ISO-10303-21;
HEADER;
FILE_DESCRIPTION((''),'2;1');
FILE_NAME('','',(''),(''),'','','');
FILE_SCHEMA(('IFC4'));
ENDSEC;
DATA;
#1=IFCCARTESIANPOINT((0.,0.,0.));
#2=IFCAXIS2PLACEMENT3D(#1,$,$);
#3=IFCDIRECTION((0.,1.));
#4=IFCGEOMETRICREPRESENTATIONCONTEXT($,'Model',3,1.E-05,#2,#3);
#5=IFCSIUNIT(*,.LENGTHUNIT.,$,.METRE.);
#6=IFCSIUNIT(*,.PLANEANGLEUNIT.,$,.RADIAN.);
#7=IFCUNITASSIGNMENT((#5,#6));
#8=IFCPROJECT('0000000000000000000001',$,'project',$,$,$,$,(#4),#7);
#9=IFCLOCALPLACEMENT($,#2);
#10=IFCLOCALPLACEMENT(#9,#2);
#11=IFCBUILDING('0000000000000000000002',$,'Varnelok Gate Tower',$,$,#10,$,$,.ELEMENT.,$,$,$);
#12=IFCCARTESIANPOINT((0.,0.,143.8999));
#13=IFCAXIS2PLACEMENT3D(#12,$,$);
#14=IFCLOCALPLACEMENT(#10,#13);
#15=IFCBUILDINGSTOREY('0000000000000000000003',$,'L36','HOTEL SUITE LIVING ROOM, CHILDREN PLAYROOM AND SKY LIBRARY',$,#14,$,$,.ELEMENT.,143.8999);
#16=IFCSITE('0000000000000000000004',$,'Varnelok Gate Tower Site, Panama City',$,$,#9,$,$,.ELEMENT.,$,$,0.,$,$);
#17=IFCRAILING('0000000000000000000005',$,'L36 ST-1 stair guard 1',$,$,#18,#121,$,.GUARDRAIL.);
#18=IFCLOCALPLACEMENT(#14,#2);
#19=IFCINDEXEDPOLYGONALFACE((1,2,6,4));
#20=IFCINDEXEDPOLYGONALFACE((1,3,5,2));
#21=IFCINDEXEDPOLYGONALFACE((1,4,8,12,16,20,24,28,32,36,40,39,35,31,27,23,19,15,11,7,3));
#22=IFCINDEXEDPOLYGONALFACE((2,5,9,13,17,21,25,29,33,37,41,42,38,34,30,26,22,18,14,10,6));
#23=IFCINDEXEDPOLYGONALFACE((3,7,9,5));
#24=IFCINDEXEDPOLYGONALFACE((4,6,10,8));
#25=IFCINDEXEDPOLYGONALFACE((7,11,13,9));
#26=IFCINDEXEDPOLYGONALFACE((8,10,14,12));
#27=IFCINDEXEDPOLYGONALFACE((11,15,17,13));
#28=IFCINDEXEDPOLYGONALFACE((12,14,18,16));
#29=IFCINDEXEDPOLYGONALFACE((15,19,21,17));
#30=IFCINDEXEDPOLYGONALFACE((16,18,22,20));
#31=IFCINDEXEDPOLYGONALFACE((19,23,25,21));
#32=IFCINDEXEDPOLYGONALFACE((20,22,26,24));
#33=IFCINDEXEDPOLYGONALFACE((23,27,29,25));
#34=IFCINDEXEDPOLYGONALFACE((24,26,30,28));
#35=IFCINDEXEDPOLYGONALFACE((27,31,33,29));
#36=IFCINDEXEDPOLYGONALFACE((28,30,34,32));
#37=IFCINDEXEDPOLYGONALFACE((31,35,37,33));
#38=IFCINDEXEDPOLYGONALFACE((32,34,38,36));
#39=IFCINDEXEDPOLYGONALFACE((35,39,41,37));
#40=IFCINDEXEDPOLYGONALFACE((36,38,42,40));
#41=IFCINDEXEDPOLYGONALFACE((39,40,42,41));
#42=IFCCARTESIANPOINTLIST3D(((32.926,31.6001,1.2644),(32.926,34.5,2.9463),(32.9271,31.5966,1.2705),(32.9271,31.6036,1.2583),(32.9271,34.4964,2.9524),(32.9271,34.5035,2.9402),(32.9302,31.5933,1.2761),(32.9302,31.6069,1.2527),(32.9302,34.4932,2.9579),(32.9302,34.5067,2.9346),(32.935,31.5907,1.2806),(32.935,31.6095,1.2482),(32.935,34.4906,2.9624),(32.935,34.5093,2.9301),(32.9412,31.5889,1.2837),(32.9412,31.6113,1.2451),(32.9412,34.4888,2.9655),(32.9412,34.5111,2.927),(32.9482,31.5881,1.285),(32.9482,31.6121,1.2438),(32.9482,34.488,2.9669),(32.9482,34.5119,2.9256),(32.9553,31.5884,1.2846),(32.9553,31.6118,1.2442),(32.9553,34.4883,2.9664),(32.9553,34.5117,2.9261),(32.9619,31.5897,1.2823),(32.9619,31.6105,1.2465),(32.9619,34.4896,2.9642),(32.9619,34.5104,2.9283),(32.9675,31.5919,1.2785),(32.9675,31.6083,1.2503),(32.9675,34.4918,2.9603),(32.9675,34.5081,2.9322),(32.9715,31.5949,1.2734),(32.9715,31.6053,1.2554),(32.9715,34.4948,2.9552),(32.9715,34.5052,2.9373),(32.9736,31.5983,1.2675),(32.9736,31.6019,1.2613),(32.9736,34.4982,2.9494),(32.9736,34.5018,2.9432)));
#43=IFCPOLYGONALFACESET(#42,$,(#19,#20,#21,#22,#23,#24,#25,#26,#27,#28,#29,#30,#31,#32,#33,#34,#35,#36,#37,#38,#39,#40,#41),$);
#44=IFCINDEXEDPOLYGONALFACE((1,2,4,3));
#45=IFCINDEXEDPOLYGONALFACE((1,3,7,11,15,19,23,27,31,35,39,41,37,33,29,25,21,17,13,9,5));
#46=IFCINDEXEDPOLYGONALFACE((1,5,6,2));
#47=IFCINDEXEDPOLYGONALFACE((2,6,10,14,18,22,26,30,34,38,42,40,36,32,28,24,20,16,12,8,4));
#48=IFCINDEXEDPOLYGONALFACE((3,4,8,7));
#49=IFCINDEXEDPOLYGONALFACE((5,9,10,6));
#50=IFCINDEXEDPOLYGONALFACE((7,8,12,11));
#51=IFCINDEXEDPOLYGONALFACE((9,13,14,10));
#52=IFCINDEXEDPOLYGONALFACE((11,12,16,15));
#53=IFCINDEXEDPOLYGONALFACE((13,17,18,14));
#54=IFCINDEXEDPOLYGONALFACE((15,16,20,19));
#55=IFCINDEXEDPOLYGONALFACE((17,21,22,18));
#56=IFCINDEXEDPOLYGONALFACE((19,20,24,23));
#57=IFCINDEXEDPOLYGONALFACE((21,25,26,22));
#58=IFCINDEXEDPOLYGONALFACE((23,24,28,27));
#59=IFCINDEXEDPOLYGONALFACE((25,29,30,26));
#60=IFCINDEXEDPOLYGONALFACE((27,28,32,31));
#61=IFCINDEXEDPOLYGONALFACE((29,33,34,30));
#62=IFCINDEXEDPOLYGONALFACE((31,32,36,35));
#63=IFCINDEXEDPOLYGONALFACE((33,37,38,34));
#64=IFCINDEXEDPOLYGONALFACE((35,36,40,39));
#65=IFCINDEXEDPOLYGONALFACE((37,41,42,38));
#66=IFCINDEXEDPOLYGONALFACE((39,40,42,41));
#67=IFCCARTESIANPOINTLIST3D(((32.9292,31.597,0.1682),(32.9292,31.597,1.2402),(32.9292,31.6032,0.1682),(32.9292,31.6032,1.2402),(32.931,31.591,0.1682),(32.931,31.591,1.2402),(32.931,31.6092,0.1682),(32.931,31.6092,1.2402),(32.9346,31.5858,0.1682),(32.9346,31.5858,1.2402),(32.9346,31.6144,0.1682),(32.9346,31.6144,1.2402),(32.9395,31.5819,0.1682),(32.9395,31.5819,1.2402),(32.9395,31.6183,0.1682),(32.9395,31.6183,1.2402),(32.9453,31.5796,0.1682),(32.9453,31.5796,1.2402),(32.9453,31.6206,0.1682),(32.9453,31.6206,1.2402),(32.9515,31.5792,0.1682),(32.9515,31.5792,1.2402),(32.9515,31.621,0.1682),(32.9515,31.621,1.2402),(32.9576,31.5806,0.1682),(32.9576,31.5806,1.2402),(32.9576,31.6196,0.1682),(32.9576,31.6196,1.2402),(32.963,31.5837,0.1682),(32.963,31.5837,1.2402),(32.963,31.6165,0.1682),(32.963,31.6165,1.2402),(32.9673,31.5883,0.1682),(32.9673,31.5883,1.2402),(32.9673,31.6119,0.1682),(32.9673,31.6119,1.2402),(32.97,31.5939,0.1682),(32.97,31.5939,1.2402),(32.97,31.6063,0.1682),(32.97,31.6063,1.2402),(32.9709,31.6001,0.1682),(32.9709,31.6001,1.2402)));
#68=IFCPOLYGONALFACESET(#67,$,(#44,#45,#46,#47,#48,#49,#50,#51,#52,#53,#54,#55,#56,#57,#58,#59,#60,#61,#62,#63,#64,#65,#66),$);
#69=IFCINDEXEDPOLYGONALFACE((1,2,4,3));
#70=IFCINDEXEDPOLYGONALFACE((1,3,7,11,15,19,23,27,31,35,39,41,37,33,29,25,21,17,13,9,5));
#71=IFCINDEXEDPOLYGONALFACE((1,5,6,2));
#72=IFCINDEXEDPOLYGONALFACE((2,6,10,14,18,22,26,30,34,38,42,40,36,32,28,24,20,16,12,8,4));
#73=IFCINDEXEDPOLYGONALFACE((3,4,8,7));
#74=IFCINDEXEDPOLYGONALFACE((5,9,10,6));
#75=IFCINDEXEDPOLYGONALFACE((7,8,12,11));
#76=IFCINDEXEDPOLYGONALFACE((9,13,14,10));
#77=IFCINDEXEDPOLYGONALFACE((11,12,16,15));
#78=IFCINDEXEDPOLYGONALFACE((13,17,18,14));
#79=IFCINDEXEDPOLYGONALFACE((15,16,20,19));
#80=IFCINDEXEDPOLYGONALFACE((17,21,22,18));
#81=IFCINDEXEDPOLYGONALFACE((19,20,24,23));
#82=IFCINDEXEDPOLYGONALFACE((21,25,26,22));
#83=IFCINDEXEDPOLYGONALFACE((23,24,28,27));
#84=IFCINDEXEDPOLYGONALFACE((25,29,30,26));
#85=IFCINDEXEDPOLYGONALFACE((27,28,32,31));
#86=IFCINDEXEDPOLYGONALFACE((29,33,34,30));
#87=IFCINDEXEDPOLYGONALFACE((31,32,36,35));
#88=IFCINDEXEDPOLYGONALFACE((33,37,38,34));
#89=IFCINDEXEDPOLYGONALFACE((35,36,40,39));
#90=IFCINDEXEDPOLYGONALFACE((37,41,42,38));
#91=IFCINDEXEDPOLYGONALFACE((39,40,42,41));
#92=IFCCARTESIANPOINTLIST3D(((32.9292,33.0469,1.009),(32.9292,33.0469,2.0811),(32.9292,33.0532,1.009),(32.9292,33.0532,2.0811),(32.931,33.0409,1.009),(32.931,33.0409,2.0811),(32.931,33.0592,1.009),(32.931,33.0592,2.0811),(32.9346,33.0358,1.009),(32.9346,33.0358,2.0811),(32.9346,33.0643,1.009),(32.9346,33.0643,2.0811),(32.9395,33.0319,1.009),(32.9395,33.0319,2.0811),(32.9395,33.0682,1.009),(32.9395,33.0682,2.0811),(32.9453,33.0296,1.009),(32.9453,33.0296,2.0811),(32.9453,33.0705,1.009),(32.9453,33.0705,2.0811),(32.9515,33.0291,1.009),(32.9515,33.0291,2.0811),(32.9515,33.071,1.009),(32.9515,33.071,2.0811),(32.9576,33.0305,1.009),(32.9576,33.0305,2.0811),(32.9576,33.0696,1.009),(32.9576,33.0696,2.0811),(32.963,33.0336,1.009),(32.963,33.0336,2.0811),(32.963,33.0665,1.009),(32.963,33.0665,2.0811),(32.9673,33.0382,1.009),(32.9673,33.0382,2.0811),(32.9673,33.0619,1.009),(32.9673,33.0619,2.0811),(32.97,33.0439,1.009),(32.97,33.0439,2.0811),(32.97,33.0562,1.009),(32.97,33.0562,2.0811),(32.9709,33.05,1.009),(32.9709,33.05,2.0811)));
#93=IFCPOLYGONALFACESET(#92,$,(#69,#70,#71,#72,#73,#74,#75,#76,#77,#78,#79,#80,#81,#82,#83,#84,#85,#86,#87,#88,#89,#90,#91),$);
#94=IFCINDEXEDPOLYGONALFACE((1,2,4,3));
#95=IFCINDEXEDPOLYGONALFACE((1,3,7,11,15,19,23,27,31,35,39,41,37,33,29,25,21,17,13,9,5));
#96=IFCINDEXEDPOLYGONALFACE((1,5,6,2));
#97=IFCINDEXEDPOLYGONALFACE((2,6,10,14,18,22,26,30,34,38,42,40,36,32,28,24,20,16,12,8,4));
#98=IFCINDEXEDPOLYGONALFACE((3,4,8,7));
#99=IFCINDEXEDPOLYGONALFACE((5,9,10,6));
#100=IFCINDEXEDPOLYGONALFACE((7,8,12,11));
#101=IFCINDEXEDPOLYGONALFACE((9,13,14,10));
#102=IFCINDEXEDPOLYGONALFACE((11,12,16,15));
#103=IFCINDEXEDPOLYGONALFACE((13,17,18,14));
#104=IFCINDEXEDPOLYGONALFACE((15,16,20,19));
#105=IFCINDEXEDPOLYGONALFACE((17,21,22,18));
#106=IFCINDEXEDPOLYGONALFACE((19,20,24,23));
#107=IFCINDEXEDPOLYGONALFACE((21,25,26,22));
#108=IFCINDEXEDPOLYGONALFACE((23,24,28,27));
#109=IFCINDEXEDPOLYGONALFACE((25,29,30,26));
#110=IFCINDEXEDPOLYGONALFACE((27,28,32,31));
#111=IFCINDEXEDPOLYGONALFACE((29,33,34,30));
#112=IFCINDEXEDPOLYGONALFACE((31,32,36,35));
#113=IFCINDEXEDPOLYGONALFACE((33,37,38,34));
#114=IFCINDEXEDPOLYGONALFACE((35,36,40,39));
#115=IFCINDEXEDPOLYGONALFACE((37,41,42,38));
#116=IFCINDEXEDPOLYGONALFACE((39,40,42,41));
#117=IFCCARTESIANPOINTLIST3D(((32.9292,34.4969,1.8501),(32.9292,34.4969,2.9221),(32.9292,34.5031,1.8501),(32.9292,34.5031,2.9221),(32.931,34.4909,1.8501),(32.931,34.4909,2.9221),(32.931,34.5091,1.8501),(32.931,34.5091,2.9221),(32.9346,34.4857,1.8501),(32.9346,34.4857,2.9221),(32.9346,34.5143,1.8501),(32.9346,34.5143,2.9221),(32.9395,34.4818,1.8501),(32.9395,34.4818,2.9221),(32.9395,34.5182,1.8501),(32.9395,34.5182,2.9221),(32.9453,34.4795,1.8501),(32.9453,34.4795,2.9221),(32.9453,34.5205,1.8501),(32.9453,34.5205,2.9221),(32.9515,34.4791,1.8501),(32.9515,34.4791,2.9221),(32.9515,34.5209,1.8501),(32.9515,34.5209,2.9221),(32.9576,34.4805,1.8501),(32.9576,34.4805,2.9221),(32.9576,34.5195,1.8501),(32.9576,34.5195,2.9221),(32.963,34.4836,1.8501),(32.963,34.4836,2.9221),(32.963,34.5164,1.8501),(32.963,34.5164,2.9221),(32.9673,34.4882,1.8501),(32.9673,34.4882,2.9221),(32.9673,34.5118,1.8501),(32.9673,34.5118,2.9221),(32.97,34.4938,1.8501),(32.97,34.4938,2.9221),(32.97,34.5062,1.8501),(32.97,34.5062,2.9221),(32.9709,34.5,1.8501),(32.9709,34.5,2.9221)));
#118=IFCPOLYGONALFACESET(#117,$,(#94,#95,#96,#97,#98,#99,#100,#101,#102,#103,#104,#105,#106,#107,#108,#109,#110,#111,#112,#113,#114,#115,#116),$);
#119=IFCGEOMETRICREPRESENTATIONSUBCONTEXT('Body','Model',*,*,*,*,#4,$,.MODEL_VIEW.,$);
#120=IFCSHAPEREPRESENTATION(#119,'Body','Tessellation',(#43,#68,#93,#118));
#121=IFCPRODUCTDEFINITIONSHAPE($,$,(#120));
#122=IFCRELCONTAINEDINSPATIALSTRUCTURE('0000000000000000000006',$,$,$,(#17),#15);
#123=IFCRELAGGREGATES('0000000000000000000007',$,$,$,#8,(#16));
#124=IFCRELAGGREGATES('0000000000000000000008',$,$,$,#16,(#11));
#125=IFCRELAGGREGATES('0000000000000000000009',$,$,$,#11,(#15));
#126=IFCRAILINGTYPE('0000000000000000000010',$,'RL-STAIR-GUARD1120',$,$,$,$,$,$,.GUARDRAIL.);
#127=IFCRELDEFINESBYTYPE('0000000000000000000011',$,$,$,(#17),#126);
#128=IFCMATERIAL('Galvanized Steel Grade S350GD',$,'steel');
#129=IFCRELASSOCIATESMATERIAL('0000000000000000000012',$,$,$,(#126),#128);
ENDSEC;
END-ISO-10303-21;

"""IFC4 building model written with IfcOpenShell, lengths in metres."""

from ifc_helpers import new_model, si_unit, direction, frame, origin, origin_2d, place, context, subcontext, project, spatial, circle, extrude, material, type_object, element, save


model = new_model("IFC4")

# Units and contexts
model_context = context("Model", 3, precision=1e-05, world=origin(), true_north=direction((0.0, 1.0)))
body_context = subcontext(model_context, "Body", "Model", "MODEL_VIEW")
ifc_project = project(units=[si_unit("LENGTHUNIT", "METRE"), si_unit("PLANEANGLEUNIT", "RADIAN")], contexts=[model_context])

# Site, building, storey
site_placement = place(None, origin())
site = spatial("IfcSite", under=ifc_project, at=site_placement, Name="Varnelok Gate Tower Site, Panama City", CompositionType="ELEMENT", RefElevation=0.0)
building_placement = place(site_placement, origin())
building = spatial("IfcBuilding", under=site, at=building_placement, Name="Varnelok Gate Tower", CompositionType="ELEMENT")
storey_placement = place(building_placement, frame((0.0, 0.0, 143.8999)))
storey = spatial("IfcBuildingStorey", under=building, at=storey_placement, Name="L36", Description="HOTEL SUITE LIVING ROOM, CHILDREN PLAYROOM AND SKY LIBRARY", CompositionType="ELEMENT", Elevation=143.8999)

# Shared definitions
ifc_material_1 = material(Name="Galvanized Steel Grade S350GD", Category="steel")

# Railing
railing_type_1 = type_object("IfcRailingType", Name="RL-STAIR-GUARD1120", PredefinedType="GUARDRAIL", material=ifc_material_1)
railing_1_placement = place(storey_placement, frame((32.95, 31.6001, 0.1682)))
element("IfcRailing", 1, at=railing_1_placement, inside=storey, type_object=railing_type_1, Name="L36 ST-1 stair guard 1", PredefinedType="GUARDRAIL", context=body_context, shape_type="SweptSolid", body=[
    extrude(circle(Radius=0.0239, at=origin_2d()), frame((0.0, 0.0, 1.0962), z_axis=(0.0, 0.865039, 0.501705), x_axis=(-1.0, 0.0, 0.0)), (0.0, 0.0, 1.0), 3.3523),
    extrude(circle(Radius=0.021, at=origin_2d()), origin(), (0.0, 0.0, 1.0), 1.072),
    extrude(circle(Radius=0.021, at=origin_2d()), frame((0.0, 1.45, 0.8408)), (0.0, 0.0, 1.0), 1.072),
    extrude(circle(Radius=0.021, at=origin_2d()), frame((0.0, 2.8999, 1.6819)), (0.0, 0.0, 1.0), 1.072),
])

save(model, "model.ifc")
